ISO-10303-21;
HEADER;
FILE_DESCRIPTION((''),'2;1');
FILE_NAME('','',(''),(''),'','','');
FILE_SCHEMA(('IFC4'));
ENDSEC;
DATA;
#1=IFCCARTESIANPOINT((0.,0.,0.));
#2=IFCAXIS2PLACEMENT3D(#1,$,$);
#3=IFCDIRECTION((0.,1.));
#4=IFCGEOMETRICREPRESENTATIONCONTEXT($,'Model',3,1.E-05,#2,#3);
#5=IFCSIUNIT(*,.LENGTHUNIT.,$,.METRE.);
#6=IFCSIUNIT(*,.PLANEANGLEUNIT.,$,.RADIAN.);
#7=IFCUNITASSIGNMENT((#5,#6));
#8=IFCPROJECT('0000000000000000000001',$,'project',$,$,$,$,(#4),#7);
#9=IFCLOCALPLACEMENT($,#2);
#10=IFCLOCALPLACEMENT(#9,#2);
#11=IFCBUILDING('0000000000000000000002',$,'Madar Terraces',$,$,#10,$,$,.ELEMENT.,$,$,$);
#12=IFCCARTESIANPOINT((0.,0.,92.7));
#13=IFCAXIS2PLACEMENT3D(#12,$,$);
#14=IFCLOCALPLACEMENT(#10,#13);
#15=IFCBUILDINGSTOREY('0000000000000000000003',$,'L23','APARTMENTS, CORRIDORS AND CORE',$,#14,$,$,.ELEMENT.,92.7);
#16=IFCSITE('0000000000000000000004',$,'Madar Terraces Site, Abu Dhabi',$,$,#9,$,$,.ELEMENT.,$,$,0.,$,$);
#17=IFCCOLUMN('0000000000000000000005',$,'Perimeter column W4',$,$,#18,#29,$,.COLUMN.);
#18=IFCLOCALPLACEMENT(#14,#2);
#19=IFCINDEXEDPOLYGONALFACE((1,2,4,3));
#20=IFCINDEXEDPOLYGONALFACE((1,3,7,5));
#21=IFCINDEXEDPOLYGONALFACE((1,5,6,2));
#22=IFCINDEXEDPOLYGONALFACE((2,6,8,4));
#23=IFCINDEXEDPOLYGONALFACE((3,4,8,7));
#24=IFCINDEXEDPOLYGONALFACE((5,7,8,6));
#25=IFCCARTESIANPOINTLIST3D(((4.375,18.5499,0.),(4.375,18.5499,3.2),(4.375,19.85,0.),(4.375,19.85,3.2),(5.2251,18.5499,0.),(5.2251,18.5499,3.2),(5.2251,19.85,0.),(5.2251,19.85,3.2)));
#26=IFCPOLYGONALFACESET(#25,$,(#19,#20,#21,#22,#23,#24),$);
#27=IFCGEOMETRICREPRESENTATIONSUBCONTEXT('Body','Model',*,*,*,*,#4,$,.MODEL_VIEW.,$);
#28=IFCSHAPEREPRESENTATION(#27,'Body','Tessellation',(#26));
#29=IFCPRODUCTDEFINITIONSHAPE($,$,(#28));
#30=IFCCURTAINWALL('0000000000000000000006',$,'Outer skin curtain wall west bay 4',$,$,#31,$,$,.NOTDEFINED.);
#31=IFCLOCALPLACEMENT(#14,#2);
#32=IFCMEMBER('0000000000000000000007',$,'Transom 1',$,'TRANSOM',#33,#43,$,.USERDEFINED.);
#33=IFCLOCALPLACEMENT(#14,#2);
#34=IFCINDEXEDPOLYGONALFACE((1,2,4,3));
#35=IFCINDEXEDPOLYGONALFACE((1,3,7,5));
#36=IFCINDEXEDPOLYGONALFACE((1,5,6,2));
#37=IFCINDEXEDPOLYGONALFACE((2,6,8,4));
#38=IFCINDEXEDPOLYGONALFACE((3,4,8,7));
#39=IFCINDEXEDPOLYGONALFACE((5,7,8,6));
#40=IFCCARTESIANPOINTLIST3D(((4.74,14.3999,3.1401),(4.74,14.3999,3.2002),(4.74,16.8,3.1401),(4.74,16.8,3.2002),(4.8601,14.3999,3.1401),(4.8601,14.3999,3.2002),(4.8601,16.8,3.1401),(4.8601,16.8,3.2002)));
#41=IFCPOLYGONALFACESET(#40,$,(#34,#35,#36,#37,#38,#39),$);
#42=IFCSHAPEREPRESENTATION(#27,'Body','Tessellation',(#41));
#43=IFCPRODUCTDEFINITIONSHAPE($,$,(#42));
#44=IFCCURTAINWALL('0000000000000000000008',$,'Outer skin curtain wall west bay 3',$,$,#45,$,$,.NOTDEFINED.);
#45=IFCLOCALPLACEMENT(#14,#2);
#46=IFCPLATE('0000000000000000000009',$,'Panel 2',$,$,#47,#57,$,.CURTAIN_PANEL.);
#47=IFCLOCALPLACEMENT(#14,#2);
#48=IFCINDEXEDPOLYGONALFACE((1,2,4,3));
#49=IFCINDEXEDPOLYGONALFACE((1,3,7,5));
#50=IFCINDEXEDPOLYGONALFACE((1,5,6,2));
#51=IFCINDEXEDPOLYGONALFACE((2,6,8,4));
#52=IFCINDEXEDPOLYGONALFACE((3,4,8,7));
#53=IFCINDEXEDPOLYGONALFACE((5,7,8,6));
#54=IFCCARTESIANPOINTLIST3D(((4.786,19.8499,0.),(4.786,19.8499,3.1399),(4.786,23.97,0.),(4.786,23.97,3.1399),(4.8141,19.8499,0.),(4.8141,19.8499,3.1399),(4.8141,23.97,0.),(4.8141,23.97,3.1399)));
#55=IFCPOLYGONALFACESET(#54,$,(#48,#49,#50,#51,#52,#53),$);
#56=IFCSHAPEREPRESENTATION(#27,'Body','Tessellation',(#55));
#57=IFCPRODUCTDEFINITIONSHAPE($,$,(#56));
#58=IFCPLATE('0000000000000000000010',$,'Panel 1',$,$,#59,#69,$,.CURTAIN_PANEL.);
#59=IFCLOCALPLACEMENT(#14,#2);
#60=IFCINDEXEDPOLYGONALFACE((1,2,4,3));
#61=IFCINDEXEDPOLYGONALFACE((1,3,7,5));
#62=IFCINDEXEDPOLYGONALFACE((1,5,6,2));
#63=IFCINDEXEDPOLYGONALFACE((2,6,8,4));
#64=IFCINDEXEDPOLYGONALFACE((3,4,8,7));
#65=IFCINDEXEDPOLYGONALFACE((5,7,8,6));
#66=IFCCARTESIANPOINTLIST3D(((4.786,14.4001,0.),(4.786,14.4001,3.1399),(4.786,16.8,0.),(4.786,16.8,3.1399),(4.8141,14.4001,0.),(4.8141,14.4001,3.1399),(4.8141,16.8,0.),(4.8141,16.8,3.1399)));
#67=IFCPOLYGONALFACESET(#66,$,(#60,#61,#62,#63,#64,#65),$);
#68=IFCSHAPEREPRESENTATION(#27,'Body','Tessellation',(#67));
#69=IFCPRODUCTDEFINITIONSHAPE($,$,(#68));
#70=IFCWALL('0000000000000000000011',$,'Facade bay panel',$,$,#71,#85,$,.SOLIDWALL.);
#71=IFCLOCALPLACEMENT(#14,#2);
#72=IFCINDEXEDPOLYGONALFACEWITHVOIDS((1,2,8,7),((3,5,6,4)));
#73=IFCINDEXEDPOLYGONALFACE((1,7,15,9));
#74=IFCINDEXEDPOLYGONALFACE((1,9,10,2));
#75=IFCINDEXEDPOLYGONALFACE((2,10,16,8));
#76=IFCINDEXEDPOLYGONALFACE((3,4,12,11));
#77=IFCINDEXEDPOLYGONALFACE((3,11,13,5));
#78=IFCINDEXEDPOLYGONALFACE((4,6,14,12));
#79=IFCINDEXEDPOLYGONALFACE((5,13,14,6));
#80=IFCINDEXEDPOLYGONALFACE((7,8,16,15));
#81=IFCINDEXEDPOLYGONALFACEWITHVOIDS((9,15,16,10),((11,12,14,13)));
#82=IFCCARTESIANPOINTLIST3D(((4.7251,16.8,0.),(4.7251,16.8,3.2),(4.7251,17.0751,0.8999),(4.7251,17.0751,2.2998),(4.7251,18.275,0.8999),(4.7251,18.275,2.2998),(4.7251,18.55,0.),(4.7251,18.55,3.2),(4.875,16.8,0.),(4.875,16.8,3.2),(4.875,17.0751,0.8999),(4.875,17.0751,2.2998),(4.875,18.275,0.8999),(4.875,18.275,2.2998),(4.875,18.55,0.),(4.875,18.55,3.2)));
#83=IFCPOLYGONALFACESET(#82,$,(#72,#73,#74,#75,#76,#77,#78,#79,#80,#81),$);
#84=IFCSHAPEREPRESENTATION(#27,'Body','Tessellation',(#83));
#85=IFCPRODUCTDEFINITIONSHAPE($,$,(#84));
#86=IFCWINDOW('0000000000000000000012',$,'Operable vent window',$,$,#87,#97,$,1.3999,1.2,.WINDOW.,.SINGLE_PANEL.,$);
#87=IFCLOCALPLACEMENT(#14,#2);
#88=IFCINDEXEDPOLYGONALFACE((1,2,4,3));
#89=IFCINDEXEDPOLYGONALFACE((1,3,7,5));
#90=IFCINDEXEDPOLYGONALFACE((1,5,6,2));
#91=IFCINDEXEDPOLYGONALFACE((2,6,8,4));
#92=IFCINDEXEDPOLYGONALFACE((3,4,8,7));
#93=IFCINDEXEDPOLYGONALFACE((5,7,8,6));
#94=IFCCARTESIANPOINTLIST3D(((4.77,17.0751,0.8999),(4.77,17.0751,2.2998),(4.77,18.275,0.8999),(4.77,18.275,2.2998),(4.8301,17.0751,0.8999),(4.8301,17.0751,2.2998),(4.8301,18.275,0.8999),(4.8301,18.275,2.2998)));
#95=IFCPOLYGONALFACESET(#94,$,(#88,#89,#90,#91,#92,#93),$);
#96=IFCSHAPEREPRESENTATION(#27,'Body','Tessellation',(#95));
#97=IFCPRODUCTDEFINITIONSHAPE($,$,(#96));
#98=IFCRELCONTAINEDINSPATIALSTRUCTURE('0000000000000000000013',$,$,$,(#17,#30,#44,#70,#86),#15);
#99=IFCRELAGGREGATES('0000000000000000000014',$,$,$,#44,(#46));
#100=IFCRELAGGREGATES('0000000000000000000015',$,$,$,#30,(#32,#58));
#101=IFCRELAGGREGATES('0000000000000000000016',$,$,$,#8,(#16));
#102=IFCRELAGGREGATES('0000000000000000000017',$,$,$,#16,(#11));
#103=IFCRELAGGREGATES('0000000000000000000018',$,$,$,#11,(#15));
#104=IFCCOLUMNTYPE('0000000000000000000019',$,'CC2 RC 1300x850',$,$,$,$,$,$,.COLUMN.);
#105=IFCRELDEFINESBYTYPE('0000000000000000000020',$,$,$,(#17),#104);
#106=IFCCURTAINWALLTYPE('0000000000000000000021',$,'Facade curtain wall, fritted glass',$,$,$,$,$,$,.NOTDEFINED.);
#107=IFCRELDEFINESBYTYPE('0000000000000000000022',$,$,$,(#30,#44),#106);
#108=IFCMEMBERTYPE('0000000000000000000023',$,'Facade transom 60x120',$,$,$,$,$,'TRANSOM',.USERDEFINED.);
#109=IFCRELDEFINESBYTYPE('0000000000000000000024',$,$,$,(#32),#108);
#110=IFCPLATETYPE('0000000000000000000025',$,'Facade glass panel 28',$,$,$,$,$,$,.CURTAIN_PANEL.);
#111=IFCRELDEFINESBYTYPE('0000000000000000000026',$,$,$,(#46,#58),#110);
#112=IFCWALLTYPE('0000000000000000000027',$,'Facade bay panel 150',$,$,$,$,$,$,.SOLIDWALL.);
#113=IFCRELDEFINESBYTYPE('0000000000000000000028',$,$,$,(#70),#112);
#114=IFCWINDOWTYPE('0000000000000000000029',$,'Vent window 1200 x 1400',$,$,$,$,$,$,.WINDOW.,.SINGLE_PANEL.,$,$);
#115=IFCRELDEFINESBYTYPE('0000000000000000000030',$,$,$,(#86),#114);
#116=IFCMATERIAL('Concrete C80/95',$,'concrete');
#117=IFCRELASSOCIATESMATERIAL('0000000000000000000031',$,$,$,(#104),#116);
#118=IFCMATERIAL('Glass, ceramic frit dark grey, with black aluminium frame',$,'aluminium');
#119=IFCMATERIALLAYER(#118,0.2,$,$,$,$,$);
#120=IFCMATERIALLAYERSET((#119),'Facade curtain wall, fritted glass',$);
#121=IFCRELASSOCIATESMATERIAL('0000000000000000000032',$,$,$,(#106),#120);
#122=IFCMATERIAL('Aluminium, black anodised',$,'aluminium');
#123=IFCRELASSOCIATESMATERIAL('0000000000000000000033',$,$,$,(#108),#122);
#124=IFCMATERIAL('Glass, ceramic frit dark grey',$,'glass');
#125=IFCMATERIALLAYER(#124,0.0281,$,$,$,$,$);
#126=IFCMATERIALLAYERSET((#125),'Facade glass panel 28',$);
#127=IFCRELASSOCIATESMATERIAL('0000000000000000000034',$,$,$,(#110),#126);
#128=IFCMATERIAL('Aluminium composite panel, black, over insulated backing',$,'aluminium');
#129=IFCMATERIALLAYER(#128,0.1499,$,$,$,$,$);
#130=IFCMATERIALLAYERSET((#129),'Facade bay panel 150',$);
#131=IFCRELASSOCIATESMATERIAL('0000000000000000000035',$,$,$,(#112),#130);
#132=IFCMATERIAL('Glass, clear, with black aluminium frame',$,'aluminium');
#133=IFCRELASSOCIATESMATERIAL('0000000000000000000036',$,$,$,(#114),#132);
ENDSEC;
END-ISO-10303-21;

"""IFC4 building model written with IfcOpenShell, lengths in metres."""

from ifc_helpers import new_model, si_unit, direction, frame, frame_2d, origin, origin_2d, place, context, subcontext, project, spatial, rectangle, extrude, material, layer, layer_set, material_profile, profile_set, type_object, element, fill, aggregate, save


model = new_model("IFC4")

# Units and contexts
model_context = context("Model", 3, precision=1e-05, world=origin(), true_north=direction((0.0, 1.0)))
body_context = subcontext(model_context, "Body", "Model", "MODEL_VIEW")
ifc_project = project(units=[si_unit("LENGTHUNIT", "METRE"), si_unit("PLANEANGLEUNIT", "RADIAN")], contexts=[model_context])

# Site, building, storey
site_placement = place(None, origin())
site = spatial("IfcSite", under=ifc_project, at=site_placement, Name="Madar Terraces Site, Abu Dhabi", CompositionType="ELEMENT", RefElevation=0.0)
building_placement = place(site_placement, origin())
building = spatial("IfcBuilding", under=site, at=building_placement, Name="Madar Terraces", CompositionType="ELEMENT")
storey_placement = place(building_placement, frame((0.0, 0.0, 92.7)))
storey = spatial("IfcBuildingStorey", under=building, at=storey_placement, Name="L23", Description="APARTMENTS, CORRIDORS AND CORE", CompositionType="ELEMENT", Elevation=92.7)

# Column
ifc_material_1 = material(Name="Concrete C80/95", Category="concrete")
ifc_material_profile_1 = material_profile(ifc_material_1, rectangle(XDim=1.3, YDim=0.8501, at=origin_2d()), Name="CC2 RC 1300x850")
ifc_profile_set_1 = profile_set([ifc_material_profile_1], Name="Concrete C80/95")
column_type = type_object("IfcColumnType", Name="CC2 RC 1300x850", PredefinedType="COLUMN", material=ifc_profile_set_1)
column_placement = place(storey_placement, frame((4.8, 19.2, 0.0), z_axis=(0.0, 0.0, 1.0), x_axis=(0.0, 1.0, 0.0)))
element("IfcColumn", 1, at=column_placement, inside=storey, type_object=column_type, Name="Perimeter column W4", PredefinedType="COLUMN", context=body_context, shape_type="SweptSolid", body=[
    extrude(rectangle(XDim=1.3, YDim=0.8501, at=origin_2d()), origin(), (0.0, 0.0, 1.0), 3.2),
])

# Curtain wall, member
ifc_material_2 = material(Name="Glass, ceramic frit dark grey, with black aluminium frame", Category="aluminium")
ifc_layer_1 = layer(ifc_material_2, 0.2)
ifc_layer_set_1 = layer_set([ifc_layer_1], Name="Facade curtain wall, fritted glass")
curtain_wall_type = type_object("IfcCurtainWallType", Name="Facade curtain wall, fritted glass", PredefinedType="NOTDEFINED", material=ifc_layer_set_1)
curtain_wall_1_placement = place(storey_placement, origin())
curtain_wall_1 = element("IfcCurtainWall", 2, at=curtain_wall_1_placement, inside=storey, type_object=curtain_wall_type, Name="Outer skin curtain wall west bay 4", PredefinedType="NOTDEFINED")
ifc_material_3 = material(Name="Aluminium, black anodised", Category="aluminium")
ifc_material_profile_2 = material_profile(ifc_material_3, rectangle(XDim=0.1201, YDim=0.0601, at=origin_2d()), Name="Facade transom 60x120")
ifc_profile_set_2 = profile_set([ifc_material_profile_2], Name="Aluminium, black anodised")
member_type = type_object("IfcMemberType", Name="Facade transom 60x120", ElementType="TRANSOM", PredefinedType="USERDEFINED", material=ifc_profile_set_2)
member_placement = place(storey_placement, frame((4.8, 16.8, 3.1702), z_axis=(0.0, -1.0, 0.0), x_axis=(1.0, 0.0, 0.0)))
member = element("IfcMember", 3, at=member_placement, type_object=member_type, Name="Transom 1", ObjectType="TRANSOM", PredefinedType="USERDEFINED", context=body_context, shape_type="SweptSolid", body=[
    extrude(rectangle(XDim=0.1201, YDim=0.0601, at=origin_2d()), origin(), (0.0, 0.0, 1.0), 2.4001),
])

# Curtain wall, plate
curtain_wall_2_placement = place(storey_placement, origin())
curtain_wall_2 = element("IfcCurtainWall", 4, at=curtain_wall_2_placement, inside=storey, type_object=curtain_wall_type, Name="Outer skin curtain wall west bay 3", PredefinedType="NOTDEFINED")
ifc_material_4 = material(Name="Glass, ceramic frit dark grey", Category="glass")
ifc_layer_2 = layer(ifc_material_4, 0.0281)
ifc_layer_set_2 = layer_set([ifc_layer_2], Name="Facade glass panel 28")
plate_type = type_object("IfcPlateType", Name="Facade glass panel 28", PredefinedType="CURTAIN_PANEL", material=ifc_layer_set_2)
plate_1_placement = place(storey_placement, frame((4.8, 21.9099, 0.0), z_axis=(0.0, 0.0, 1.0), x_axis=(0.0, -1.0, 0.0)))
plate_1 = element("IfcPlate", 5, at=plate_1_placement, type_object=plate_type, Name="Panel 2", PredefinedType="CURTAIN_PANEL", context=body_context, shape_type="SweptSolid", body=[
    extrude(rectangle(XDim=4.1201, YDim=0.0281, at=origin_2d()), origin(), (0.0, 0.0, 1.0), 3.1399),
])
aggregate(curtain_wall_2, [plate_1])

# Plate
plate_2_placement = place(storey_placement, frame((4.8, 15.6001, 0.0), z_axis=(0.0, 0.0, 1.0), x_axis=(0.0, -1.0, 0.0)))
plate_2 = element("IfcPlate", 6, at=plate_2_placement, type_object=plate_type, Name="Panel 1", PredefinedType="CURTAIN_PANEL", context=body_context, shape_type="SweptSolid", body=[
    extrude(rectangle(XDim=2.3999, YDim=0.0281, at=origin_2d()), origin(), (0.0, 0.0, 1.0), 3.1399),
])
aggregate(curtain_wall_1, [member, plate_2])

# Wall, opening, window
ifc_material_5 = material(Name="Aluminium composite panel, black, over insulated backing", Category="aluminium")
ifc_layer_3 = layer(ifc_material_5, 0.1499)
ifc_layer_set_3 = layer_set([ifc_layer_3], Name="Facade bay panel 150")
wall_type_1 = type_object("IfcWallType", Name="Facade bay panel 150", PredefinedType="SOLIDWALL", material=ifc_layer_set_3)
wall_1_placement = place(storey_placement, frame((4.8, 18.55, 0.0), z_axis=(0.0, 0.0, 1.0), x_axis=(0.0, -1.0, 0.0)))
wall_1 = element("IfcWall", 7, at=wall_1_placement, inside=storey, type_object=wall_type_1, Name="Facade bay panel", PredefinedType="SOLIDWALL", context=body_context, shape_type="SweptSolid", body=[
    extrude(rectangle(XDim=1.75, YDim=0.1499, at=frame_2d((0.875, 0.0))), origin(), (0.0, 0.0, 1.0), 3.2),
])
opening_1_placement = place(wall_1_placement, frame((0.2749, 0.0, 0.8999)))
opening_1 = element("IfcOpeningElement", 8, at=opening_1_placement, cuts=wall_1, PredefinedType="OPENING", context=body_context, shape_type="SweptSolid", body=[
    extrude(rectangle(XDim=1.2, YDim=1.3999, at=frame_2d((0.6001, 0.7))), frame((0.0, 0.085, 0.0), z_axis=(0.0, -1.0, 0.0), x_axis=(1.0, 0.0, 0.0)), (0.0, 0.0, 1.0), 0.1699),
])
ifc_material_6 = material(Name="Glass, clear, with black aluminium frame", Category="aluminium")
window_type = type_object("IfcWindowType", Name="Vent window 1200 x 1400", PartitioningType="SINGLE_PANEL", PredefinedType="WINDOW", material=ifc_material_6)
window_placement = place(opening_1_placement, origin())
window = element("IfcWindow", 9, at=window_placement, inside=storey, type_object=window_type, Name="Operable vent window", OverallHeight=1.3999, OverallWidth=1.2, PartitioningType="SINGLE_PANEL", PredefinedType="WINDOW", context=body_context, shape_type="SweptSolid", body=[
    extrude(rectangle(XDim=1.2, YDim=1.3999, at=frame_2d((0.6001, 0.7))), frame((0.0, 0.03, 0.0), z_axis=(0.0, -1.0, 0.0), x_axis=(1.0, 0.0, 0.0)), (0.0, 0.0, 1.0), 0.0601),
])
fill(opening_1, window)

save(model, "model.ifc")
